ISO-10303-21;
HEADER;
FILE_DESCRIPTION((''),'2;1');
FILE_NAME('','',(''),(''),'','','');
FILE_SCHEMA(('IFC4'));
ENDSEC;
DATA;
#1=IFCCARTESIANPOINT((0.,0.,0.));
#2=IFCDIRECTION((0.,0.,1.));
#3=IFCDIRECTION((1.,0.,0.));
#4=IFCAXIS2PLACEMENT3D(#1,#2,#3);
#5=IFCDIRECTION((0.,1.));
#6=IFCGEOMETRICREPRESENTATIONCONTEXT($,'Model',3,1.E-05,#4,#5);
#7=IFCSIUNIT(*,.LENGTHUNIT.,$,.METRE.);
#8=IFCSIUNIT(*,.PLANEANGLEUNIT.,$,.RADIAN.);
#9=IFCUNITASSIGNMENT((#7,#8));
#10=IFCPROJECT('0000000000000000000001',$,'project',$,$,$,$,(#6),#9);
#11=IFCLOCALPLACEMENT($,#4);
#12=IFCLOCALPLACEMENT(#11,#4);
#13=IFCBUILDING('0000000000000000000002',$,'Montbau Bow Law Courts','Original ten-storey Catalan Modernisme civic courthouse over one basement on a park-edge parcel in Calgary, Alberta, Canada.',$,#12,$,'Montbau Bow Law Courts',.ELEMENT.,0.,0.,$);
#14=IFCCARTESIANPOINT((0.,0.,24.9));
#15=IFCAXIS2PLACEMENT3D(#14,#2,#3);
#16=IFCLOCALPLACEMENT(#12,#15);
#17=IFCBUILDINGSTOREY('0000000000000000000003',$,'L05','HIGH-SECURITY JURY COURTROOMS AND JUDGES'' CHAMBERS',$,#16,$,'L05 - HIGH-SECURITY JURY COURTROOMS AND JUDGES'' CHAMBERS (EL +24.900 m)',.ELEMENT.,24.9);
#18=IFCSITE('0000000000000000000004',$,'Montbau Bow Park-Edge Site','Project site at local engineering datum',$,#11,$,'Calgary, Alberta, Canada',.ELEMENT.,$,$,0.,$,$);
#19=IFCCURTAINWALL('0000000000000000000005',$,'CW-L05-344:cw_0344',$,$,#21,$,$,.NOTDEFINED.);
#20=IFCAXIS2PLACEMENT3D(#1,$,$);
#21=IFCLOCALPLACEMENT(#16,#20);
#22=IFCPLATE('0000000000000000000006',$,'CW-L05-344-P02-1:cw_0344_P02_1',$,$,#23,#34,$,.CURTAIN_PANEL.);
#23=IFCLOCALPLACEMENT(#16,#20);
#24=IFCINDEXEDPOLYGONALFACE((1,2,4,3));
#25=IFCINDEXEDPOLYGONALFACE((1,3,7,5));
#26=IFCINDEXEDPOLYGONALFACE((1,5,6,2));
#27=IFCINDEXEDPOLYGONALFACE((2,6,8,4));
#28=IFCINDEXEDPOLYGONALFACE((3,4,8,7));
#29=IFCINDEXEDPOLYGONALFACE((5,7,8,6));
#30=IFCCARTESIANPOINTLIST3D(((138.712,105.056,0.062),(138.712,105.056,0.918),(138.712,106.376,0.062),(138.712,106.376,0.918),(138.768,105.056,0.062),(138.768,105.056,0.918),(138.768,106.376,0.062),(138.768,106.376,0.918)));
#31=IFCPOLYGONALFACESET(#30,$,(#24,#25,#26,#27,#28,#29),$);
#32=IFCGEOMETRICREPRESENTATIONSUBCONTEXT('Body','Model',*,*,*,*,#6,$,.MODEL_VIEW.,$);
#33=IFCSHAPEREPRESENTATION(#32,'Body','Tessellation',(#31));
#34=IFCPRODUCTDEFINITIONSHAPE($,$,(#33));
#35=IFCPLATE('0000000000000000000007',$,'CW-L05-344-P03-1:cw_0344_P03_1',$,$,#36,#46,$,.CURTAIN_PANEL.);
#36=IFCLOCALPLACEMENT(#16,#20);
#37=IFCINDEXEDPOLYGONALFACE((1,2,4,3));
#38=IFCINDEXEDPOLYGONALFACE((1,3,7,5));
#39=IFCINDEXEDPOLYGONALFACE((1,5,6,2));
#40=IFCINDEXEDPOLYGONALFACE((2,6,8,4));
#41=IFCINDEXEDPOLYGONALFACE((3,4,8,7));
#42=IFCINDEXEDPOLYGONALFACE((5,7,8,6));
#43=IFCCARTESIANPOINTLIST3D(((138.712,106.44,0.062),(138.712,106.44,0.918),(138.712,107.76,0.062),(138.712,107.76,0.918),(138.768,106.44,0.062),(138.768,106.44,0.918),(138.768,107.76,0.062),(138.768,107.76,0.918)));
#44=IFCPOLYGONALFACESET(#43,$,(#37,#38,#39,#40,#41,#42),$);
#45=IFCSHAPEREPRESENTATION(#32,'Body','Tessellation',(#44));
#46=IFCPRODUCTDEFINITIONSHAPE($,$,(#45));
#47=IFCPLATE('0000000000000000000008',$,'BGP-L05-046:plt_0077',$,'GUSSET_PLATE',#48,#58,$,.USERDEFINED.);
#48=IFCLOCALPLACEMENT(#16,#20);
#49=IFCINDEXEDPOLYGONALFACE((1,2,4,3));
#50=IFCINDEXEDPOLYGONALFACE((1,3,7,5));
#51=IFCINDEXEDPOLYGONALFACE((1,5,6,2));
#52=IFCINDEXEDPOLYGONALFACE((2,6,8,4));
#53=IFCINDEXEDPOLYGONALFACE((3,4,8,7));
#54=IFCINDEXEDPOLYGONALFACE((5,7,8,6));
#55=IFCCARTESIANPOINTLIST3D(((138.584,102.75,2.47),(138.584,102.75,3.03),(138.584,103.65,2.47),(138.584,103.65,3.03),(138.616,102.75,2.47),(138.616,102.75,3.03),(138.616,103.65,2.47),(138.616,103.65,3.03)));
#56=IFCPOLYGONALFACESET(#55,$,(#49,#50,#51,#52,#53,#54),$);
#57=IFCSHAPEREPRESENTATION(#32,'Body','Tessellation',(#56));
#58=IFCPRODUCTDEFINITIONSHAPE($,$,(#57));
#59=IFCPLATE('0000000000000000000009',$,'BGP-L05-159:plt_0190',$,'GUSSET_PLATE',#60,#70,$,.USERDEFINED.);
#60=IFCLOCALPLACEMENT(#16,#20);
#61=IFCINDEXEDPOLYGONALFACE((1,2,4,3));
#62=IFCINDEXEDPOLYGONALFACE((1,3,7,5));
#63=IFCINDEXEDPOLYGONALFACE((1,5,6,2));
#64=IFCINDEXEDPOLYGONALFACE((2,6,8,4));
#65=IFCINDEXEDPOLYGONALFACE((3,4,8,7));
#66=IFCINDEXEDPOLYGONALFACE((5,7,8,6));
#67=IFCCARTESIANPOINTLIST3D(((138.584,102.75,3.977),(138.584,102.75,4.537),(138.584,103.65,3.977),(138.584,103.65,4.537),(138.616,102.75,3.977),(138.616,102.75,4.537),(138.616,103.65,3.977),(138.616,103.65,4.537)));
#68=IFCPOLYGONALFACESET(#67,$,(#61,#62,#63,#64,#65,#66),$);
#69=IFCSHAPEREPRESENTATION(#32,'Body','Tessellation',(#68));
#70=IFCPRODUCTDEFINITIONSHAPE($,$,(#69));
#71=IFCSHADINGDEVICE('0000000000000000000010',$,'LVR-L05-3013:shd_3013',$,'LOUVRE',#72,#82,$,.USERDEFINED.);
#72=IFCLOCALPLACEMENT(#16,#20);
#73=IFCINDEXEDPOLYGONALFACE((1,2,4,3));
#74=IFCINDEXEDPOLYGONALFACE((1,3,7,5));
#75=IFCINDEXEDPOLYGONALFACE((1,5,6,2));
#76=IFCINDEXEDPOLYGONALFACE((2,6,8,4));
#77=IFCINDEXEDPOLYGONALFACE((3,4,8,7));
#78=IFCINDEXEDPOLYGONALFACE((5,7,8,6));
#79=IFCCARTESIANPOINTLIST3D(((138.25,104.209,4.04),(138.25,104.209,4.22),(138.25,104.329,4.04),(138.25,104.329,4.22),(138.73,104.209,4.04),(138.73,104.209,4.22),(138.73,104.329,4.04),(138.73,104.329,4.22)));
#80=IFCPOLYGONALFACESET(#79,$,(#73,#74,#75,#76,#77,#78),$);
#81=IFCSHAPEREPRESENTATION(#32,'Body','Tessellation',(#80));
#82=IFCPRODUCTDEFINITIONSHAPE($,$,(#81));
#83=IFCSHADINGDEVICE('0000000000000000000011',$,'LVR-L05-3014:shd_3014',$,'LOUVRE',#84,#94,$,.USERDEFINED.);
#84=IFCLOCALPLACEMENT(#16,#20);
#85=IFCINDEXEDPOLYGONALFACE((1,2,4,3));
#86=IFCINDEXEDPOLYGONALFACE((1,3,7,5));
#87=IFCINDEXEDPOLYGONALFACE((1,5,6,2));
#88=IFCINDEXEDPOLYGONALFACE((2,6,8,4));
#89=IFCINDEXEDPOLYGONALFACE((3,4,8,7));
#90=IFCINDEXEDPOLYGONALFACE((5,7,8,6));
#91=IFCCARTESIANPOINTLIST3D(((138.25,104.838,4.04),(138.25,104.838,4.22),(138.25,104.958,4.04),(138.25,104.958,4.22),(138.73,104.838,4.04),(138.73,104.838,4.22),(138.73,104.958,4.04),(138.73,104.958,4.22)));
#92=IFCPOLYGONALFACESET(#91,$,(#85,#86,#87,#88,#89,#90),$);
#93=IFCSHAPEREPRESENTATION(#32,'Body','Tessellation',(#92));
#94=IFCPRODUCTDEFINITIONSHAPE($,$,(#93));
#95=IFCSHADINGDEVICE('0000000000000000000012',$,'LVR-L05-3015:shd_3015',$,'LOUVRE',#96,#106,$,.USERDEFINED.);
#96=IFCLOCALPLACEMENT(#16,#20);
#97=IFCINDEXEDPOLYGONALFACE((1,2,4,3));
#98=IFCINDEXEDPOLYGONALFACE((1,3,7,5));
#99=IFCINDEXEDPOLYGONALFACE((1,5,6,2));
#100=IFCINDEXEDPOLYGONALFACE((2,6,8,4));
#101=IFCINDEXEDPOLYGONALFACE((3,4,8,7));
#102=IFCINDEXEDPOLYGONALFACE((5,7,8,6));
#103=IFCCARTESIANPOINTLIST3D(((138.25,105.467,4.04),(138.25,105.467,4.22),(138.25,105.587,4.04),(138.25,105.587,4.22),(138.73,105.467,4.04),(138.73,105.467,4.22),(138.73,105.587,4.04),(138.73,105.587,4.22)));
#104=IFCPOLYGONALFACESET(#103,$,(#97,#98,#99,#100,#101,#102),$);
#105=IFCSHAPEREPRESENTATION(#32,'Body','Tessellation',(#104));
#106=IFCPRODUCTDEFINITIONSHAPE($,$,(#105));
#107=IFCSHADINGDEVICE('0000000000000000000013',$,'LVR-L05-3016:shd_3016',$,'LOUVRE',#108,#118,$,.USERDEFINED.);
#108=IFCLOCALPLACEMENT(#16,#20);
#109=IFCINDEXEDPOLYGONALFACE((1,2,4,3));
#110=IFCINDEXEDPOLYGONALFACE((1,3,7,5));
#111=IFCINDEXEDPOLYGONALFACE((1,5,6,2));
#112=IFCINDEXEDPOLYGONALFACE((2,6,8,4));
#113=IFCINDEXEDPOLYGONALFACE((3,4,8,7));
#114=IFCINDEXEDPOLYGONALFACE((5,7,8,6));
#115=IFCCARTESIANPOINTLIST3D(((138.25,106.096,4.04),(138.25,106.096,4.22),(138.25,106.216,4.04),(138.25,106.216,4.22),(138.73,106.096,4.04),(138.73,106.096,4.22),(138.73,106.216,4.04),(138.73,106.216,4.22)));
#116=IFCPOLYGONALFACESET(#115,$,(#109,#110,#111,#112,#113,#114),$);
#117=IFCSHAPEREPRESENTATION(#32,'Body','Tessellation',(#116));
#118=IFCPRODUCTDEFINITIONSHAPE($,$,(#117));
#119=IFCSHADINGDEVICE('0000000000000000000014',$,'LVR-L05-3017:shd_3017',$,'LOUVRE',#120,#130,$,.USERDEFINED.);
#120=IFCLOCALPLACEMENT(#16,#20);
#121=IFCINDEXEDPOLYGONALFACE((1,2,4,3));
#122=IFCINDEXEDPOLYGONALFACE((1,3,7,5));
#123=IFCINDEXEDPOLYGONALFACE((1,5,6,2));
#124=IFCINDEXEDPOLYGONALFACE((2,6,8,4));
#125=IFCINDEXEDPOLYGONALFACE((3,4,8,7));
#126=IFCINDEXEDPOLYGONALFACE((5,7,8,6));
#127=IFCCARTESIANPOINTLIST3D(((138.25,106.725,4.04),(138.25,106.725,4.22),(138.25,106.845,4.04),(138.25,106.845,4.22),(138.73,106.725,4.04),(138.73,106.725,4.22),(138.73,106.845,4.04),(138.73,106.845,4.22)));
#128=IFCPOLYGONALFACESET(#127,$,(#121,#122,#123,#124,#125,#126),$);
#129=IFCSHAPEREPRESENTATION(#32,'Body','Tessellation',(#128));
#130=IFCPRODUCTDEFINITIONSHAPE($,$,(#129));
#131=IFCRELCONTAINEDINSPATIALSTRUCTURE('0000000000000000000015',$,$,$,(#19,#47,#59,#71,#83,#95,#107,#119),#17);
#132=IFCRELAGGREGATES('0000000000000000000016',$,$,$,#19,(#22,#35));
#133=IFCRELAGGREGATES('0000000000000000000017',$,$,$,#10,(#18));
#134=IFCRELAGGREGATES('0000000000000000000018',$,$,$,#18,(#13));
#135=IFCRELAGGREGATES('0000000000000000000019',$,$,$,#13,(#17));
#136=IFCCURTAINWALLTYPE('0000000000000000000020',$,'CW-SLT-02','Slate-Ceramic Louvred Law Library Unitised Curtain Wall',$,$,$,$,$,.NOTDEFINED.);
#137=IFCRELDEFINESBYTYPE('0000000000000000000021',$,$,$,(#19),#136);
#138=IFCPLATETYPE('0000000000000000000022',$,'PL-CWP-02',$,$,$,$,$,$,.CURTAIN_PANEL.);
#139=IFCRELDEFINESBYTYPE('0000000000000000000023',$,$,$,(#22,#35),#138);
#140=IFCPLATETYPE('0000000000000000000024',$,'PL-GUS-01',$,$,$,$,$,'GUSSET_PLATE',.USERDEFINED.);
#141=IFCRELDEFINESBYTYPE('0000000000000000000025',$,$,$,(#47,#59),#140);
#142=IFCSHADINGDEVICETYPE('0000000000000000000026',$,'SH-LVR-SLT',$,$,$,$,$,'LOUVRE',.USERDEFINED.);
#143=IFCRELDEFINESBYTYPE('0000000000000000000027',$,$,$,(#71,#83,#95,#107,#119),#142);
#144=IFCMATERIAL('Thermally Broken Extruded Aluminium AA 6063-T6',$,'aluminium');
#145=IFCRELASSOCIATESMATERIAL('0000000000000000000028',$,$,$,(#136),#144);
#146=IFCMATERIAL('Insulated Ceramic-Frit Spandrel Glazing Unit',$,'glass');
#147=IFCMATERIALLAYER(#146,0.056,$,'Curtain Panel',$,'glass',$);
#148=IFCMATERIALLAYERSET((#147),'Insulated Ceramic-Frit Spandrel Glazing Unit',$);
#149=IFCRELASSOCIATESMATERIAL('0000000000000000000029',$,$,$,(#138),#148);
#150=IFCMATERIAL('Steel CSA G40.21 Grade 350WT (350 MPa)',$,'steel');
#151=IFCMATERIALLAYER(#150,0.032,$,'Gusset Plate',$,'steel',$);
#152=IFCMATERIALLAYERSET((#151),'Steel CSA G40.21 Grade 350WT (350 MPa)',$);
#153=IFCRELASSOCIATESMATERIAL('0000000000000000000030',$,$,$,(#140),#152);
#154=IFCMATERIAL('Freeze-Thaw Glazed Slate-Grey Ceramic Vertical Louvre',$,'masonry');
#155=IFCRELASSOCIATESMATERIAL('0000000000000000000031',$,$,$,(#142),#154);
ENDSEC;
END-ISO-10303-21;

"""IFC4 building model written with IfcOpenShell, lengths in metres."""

from ifc_helpers import new_model, si_unit, direction, frame, frame_2d, origin_with_axes, origin_2d_with_axis, place, context, subcontext, project, spatial, rectangle, extrude, material, layer, layer_set, type_object, element, aggregate, save


model = new_model("IFC4")

# Units and contexts
model_context = context("Model", 3, precision=1e-05, world=origin_with_axes(), true_north=direction((0.0, 1.0)))
body_context = subcontext(model_context, "Body", "Model", "MODEL_VIEW")
ifc_project = project(units=[si_unit("LENGTHUNIT", "METRE"), si_unit("PLANEANGLEUNIT", "RADIAN")], contexts=[model_context])

# Site, building, storey
site_placement = place(None, origin_with_axes())
site = spatial("IfcSite", under=ifc_project, at=site_placement, Name="Montbau Bow Park-Edge Site", Description="Project site at local engineering datum", LongName="Calgary, Alberta, Canada", CompositionType="ELEMENT", RefElevation=0.0)
building_placement = place(site_placement, origin_with_axes())
building = spatial("IfcBuilding", under=site, at=building_placement, Name="Montbau Bow Law Courts", Description="Original ten-storey Catalan Modernisme civic courthouse over one basement on a park-edge parcel in Calgary, Alberta, Canada.", LongName="Montbau Bow Law Courts", CompositionType="ELEMENT", ElevationOfRefHeight=0.0, ElevationOfTerrain=0.0)
storey_placement = place(building_placement, frame((0.0, 0.0, 24.9), z_axis=(0.0, 0.0, 1.0), x_axis=(1.0, 0.0, 0.0)))
storey = spatial("IfcBuildingStorey", under=building, at=storey_placement, Name="L05", Description="HIGH-SECURITY JURY COURTROOMS AND JUDGES' CHAMBERS", LongName="L05 - HIGH-SECURITY JURY COURTROOMS AND JUDGES' CHAMBERS (EL +24.900 m)", CompositionType="ELEMENT", Elevation=24.9)

# Shared definitions
ifc_material_1 = material(Name="Steel CSA G40.21 Grade 350WT (350 MPa)", Category="steel")

# Curtain wall, plates
ifc_material_2 = material(Name="Thermally Broken Extruded Aluminium AA 6063-T6", Category="aluminium")
curtain_wall_type = type_object("IfcCurtainWallType", Name="CW-SLT-02", Description="Slate-Ceramic Louvred Law Library Unitised Curtain Wall", PredefinedType="NOTDEFINED", material=ifc_material_2)
curtain_wall_placement = place(None, frame((138.74, 103.64, 24.9), z_axis=(0.0, 0.0, 1.0), x_axis=(1.0, 0.0, 0.0)))
curtain_wall = element("IfcCurtainWall", 1, at=curtain_wall_placement, inside=storey, type_object=curtain_wall_type, Name="CW-L05-344:cw_0344", PredefinedType="NOTDEFINED")
ifc_material_3 = material(Name="Insulated Ceramic-Frit Spandrel Glazing Unit", Category="glass")
ifc_layer_1 = layer(ifc_material_3, 0.056, Name="Curtain Panel", Category="glass")
ifc_layer_set_1 = layer_set([ifc_layer_1], Name="Insulated Ceramic-Frit Spandrel Glazing Unit")
plate_type_1 = type_object("IfcPlateType", Name="PL-CWP-02", PredefinedType="CURTAIN_PANEL", material=ifc_layer_set_1)
plate_1_placement = place(None, frame((138.74, 105.056, 24.962), z_axis=(1.0, 0.0, 0.0), x_axis=(0.0, 1.0, 0.0)))
plate_1 = element("IfcPlate", 2, at=plate_1_placement, type_object=plate_type_1, Name="CW-L05-344-P02-1:cw_0344_P02_1", PredefinedType="CURTAIN_PANEL", context=body_context, shape_type="SweptSolid", body=[
    extrude(rectangle(XDim=1.32, YDim=0.856, at=frame_2d((0.66, 0.428), x_axis=(1.0, 0.0))), frame((0.0, 0.0, -0.028), z_axis=(0.0, 0.0, 1.0), x_axis=(1.0, 0.0, 0.0)), (0.0, 0.0, 1.0), 0.056),
])
plate_2_placement = place(None, frame((138.74, 106.44, 24.962), z_axis=(1.0, 0.0, 0.0), x_axis=(0.0, 1.0, 0.0)))
plate_2 = element("IfcPlate", 3, at=plate_2_placement, type_object=plate_type_1, Name="CW-L05-344-P03-1:cw_0344_P03_1", PredefinedType="CURTAIN_PANEL", context=body_context, shape_type="SweptSolid", body=[
    extrude(rectangle(XDim=1.32, YDim=0.856, at=frame_2d((0.66, 0.428), x_axis=(1.0, 0.0))), frame((0.0, 0.0, -0.028), z_axis=(0.0, 0.0, 1.0), x_axis=(1.0, 0.0, 0.0)), (0.0, 0.0, 1.0), 0.056),
])
aggregate(curtain_wall, [plate_1, plate_2])

# Plates
ifc_layer_2 = layer(ifc_material_1, 0.032, Name="Gusset Plate", Category="steel")
ifc_layer_set_2 = layer_set([ifc_layer_2], Name="Steel CSA G40.21 Grade 350WT (350 MPa)")
plate_type_2 = type_object("IfcPlateType", Name="PL-GUS-01", ElementType="GUSSET_PLATE", PredefinedType="USERDEFINED", material=ifc_layer_set_2)
for number, where, z_axis, x_axis, name in (
    (4, (138.6, 103.2, 27.37), (0.0, 0.0, 1.0), (0.0, 1.0, 0.0), "BGP-L05-046:plt_0077"),
    (5, (138.6, 103.2, 28.877), (0.0, 0.0, 1.0), (0.0, 1.0, 0.0), "BGP-L05-159:plt_0190"),
):
    element("IfcPlate", number, at=place(None, frame(where, z_axis=z_axis, x_axis=x_axis)), inside=storey, type_object=plate_type_2, Name=name, ObjectType="GUSSET_PLATE", PredefinedType="USERDEFINED", context=body_context, shape_type="SweptSolid", body=[
        extrude(rectangle(XDim=0.9, YDim=0.032, at=origin_2d_with_axis()), origin_with_axes(), (0.0, 0.0, 1.0), 0.56),
    ])

# Shading devices
ifc_material_4 = material(Name="Freeze-Thaw Glazed Slate-Grey Ceramic Vertical Louvre", Category="masonry")
shading_device_type = type_object("IfcShadingDeviceType", Name="SH-LVR-SLT", ElementType="LOUVRE", PredefinedType="USERDEFINED", material=ifc_material_4)
for number, where, z_axis, x_axis, name in (
    (6, (138.49, 104.269, 28.94), (0.0, 0.0, 1.0), (-1.0, 0.0, 0.0), "LVR-L05-3013:shd_3013"),
    (7, (138.49, 104.898, 28.94), (0.0, 0.0, 1.0), (-1.0, 0.0, 0.0), "LVR-L05-3014:shd_3014"),
    (8, (138.49, 105.527, 28.94), (0.0, 0.0, 1.0), (-1.0, 0.0, 0.0), "LVR-L05-3015:shd_3015"),
    (9, (138.49, 106.156, 28.94), (0.0, 0.0, 1.0), (-1.0, 0.0, 0.0), "LVR-L05-3016:shd_3016"),
    (10, (138.49, 106.785, 28.94), (0.0, 0.0, 1.0), (-1.0, 0.0, 0.0), "LVR-L05-3017:shd_3017"),
):
    element("IfcShadingDevice", number, at=place(None, frame(where, z_axis=z_axis, x_axis=x_axis)), inside=storey, type_object=shading_device_type, Name=name, ObjectType="LOUVRE", PredefinedType="USERDEFINED", context=body_context, shape_type="SweptSolid", body=[
        extrude(rectangle(XDim=0.48, YDim=0.12, at=origin_2d_with_axis()), origin_with_axes(), (0.0, 0.0, 1.0), 0.18),
    ])

save(model, "model.ifc")
